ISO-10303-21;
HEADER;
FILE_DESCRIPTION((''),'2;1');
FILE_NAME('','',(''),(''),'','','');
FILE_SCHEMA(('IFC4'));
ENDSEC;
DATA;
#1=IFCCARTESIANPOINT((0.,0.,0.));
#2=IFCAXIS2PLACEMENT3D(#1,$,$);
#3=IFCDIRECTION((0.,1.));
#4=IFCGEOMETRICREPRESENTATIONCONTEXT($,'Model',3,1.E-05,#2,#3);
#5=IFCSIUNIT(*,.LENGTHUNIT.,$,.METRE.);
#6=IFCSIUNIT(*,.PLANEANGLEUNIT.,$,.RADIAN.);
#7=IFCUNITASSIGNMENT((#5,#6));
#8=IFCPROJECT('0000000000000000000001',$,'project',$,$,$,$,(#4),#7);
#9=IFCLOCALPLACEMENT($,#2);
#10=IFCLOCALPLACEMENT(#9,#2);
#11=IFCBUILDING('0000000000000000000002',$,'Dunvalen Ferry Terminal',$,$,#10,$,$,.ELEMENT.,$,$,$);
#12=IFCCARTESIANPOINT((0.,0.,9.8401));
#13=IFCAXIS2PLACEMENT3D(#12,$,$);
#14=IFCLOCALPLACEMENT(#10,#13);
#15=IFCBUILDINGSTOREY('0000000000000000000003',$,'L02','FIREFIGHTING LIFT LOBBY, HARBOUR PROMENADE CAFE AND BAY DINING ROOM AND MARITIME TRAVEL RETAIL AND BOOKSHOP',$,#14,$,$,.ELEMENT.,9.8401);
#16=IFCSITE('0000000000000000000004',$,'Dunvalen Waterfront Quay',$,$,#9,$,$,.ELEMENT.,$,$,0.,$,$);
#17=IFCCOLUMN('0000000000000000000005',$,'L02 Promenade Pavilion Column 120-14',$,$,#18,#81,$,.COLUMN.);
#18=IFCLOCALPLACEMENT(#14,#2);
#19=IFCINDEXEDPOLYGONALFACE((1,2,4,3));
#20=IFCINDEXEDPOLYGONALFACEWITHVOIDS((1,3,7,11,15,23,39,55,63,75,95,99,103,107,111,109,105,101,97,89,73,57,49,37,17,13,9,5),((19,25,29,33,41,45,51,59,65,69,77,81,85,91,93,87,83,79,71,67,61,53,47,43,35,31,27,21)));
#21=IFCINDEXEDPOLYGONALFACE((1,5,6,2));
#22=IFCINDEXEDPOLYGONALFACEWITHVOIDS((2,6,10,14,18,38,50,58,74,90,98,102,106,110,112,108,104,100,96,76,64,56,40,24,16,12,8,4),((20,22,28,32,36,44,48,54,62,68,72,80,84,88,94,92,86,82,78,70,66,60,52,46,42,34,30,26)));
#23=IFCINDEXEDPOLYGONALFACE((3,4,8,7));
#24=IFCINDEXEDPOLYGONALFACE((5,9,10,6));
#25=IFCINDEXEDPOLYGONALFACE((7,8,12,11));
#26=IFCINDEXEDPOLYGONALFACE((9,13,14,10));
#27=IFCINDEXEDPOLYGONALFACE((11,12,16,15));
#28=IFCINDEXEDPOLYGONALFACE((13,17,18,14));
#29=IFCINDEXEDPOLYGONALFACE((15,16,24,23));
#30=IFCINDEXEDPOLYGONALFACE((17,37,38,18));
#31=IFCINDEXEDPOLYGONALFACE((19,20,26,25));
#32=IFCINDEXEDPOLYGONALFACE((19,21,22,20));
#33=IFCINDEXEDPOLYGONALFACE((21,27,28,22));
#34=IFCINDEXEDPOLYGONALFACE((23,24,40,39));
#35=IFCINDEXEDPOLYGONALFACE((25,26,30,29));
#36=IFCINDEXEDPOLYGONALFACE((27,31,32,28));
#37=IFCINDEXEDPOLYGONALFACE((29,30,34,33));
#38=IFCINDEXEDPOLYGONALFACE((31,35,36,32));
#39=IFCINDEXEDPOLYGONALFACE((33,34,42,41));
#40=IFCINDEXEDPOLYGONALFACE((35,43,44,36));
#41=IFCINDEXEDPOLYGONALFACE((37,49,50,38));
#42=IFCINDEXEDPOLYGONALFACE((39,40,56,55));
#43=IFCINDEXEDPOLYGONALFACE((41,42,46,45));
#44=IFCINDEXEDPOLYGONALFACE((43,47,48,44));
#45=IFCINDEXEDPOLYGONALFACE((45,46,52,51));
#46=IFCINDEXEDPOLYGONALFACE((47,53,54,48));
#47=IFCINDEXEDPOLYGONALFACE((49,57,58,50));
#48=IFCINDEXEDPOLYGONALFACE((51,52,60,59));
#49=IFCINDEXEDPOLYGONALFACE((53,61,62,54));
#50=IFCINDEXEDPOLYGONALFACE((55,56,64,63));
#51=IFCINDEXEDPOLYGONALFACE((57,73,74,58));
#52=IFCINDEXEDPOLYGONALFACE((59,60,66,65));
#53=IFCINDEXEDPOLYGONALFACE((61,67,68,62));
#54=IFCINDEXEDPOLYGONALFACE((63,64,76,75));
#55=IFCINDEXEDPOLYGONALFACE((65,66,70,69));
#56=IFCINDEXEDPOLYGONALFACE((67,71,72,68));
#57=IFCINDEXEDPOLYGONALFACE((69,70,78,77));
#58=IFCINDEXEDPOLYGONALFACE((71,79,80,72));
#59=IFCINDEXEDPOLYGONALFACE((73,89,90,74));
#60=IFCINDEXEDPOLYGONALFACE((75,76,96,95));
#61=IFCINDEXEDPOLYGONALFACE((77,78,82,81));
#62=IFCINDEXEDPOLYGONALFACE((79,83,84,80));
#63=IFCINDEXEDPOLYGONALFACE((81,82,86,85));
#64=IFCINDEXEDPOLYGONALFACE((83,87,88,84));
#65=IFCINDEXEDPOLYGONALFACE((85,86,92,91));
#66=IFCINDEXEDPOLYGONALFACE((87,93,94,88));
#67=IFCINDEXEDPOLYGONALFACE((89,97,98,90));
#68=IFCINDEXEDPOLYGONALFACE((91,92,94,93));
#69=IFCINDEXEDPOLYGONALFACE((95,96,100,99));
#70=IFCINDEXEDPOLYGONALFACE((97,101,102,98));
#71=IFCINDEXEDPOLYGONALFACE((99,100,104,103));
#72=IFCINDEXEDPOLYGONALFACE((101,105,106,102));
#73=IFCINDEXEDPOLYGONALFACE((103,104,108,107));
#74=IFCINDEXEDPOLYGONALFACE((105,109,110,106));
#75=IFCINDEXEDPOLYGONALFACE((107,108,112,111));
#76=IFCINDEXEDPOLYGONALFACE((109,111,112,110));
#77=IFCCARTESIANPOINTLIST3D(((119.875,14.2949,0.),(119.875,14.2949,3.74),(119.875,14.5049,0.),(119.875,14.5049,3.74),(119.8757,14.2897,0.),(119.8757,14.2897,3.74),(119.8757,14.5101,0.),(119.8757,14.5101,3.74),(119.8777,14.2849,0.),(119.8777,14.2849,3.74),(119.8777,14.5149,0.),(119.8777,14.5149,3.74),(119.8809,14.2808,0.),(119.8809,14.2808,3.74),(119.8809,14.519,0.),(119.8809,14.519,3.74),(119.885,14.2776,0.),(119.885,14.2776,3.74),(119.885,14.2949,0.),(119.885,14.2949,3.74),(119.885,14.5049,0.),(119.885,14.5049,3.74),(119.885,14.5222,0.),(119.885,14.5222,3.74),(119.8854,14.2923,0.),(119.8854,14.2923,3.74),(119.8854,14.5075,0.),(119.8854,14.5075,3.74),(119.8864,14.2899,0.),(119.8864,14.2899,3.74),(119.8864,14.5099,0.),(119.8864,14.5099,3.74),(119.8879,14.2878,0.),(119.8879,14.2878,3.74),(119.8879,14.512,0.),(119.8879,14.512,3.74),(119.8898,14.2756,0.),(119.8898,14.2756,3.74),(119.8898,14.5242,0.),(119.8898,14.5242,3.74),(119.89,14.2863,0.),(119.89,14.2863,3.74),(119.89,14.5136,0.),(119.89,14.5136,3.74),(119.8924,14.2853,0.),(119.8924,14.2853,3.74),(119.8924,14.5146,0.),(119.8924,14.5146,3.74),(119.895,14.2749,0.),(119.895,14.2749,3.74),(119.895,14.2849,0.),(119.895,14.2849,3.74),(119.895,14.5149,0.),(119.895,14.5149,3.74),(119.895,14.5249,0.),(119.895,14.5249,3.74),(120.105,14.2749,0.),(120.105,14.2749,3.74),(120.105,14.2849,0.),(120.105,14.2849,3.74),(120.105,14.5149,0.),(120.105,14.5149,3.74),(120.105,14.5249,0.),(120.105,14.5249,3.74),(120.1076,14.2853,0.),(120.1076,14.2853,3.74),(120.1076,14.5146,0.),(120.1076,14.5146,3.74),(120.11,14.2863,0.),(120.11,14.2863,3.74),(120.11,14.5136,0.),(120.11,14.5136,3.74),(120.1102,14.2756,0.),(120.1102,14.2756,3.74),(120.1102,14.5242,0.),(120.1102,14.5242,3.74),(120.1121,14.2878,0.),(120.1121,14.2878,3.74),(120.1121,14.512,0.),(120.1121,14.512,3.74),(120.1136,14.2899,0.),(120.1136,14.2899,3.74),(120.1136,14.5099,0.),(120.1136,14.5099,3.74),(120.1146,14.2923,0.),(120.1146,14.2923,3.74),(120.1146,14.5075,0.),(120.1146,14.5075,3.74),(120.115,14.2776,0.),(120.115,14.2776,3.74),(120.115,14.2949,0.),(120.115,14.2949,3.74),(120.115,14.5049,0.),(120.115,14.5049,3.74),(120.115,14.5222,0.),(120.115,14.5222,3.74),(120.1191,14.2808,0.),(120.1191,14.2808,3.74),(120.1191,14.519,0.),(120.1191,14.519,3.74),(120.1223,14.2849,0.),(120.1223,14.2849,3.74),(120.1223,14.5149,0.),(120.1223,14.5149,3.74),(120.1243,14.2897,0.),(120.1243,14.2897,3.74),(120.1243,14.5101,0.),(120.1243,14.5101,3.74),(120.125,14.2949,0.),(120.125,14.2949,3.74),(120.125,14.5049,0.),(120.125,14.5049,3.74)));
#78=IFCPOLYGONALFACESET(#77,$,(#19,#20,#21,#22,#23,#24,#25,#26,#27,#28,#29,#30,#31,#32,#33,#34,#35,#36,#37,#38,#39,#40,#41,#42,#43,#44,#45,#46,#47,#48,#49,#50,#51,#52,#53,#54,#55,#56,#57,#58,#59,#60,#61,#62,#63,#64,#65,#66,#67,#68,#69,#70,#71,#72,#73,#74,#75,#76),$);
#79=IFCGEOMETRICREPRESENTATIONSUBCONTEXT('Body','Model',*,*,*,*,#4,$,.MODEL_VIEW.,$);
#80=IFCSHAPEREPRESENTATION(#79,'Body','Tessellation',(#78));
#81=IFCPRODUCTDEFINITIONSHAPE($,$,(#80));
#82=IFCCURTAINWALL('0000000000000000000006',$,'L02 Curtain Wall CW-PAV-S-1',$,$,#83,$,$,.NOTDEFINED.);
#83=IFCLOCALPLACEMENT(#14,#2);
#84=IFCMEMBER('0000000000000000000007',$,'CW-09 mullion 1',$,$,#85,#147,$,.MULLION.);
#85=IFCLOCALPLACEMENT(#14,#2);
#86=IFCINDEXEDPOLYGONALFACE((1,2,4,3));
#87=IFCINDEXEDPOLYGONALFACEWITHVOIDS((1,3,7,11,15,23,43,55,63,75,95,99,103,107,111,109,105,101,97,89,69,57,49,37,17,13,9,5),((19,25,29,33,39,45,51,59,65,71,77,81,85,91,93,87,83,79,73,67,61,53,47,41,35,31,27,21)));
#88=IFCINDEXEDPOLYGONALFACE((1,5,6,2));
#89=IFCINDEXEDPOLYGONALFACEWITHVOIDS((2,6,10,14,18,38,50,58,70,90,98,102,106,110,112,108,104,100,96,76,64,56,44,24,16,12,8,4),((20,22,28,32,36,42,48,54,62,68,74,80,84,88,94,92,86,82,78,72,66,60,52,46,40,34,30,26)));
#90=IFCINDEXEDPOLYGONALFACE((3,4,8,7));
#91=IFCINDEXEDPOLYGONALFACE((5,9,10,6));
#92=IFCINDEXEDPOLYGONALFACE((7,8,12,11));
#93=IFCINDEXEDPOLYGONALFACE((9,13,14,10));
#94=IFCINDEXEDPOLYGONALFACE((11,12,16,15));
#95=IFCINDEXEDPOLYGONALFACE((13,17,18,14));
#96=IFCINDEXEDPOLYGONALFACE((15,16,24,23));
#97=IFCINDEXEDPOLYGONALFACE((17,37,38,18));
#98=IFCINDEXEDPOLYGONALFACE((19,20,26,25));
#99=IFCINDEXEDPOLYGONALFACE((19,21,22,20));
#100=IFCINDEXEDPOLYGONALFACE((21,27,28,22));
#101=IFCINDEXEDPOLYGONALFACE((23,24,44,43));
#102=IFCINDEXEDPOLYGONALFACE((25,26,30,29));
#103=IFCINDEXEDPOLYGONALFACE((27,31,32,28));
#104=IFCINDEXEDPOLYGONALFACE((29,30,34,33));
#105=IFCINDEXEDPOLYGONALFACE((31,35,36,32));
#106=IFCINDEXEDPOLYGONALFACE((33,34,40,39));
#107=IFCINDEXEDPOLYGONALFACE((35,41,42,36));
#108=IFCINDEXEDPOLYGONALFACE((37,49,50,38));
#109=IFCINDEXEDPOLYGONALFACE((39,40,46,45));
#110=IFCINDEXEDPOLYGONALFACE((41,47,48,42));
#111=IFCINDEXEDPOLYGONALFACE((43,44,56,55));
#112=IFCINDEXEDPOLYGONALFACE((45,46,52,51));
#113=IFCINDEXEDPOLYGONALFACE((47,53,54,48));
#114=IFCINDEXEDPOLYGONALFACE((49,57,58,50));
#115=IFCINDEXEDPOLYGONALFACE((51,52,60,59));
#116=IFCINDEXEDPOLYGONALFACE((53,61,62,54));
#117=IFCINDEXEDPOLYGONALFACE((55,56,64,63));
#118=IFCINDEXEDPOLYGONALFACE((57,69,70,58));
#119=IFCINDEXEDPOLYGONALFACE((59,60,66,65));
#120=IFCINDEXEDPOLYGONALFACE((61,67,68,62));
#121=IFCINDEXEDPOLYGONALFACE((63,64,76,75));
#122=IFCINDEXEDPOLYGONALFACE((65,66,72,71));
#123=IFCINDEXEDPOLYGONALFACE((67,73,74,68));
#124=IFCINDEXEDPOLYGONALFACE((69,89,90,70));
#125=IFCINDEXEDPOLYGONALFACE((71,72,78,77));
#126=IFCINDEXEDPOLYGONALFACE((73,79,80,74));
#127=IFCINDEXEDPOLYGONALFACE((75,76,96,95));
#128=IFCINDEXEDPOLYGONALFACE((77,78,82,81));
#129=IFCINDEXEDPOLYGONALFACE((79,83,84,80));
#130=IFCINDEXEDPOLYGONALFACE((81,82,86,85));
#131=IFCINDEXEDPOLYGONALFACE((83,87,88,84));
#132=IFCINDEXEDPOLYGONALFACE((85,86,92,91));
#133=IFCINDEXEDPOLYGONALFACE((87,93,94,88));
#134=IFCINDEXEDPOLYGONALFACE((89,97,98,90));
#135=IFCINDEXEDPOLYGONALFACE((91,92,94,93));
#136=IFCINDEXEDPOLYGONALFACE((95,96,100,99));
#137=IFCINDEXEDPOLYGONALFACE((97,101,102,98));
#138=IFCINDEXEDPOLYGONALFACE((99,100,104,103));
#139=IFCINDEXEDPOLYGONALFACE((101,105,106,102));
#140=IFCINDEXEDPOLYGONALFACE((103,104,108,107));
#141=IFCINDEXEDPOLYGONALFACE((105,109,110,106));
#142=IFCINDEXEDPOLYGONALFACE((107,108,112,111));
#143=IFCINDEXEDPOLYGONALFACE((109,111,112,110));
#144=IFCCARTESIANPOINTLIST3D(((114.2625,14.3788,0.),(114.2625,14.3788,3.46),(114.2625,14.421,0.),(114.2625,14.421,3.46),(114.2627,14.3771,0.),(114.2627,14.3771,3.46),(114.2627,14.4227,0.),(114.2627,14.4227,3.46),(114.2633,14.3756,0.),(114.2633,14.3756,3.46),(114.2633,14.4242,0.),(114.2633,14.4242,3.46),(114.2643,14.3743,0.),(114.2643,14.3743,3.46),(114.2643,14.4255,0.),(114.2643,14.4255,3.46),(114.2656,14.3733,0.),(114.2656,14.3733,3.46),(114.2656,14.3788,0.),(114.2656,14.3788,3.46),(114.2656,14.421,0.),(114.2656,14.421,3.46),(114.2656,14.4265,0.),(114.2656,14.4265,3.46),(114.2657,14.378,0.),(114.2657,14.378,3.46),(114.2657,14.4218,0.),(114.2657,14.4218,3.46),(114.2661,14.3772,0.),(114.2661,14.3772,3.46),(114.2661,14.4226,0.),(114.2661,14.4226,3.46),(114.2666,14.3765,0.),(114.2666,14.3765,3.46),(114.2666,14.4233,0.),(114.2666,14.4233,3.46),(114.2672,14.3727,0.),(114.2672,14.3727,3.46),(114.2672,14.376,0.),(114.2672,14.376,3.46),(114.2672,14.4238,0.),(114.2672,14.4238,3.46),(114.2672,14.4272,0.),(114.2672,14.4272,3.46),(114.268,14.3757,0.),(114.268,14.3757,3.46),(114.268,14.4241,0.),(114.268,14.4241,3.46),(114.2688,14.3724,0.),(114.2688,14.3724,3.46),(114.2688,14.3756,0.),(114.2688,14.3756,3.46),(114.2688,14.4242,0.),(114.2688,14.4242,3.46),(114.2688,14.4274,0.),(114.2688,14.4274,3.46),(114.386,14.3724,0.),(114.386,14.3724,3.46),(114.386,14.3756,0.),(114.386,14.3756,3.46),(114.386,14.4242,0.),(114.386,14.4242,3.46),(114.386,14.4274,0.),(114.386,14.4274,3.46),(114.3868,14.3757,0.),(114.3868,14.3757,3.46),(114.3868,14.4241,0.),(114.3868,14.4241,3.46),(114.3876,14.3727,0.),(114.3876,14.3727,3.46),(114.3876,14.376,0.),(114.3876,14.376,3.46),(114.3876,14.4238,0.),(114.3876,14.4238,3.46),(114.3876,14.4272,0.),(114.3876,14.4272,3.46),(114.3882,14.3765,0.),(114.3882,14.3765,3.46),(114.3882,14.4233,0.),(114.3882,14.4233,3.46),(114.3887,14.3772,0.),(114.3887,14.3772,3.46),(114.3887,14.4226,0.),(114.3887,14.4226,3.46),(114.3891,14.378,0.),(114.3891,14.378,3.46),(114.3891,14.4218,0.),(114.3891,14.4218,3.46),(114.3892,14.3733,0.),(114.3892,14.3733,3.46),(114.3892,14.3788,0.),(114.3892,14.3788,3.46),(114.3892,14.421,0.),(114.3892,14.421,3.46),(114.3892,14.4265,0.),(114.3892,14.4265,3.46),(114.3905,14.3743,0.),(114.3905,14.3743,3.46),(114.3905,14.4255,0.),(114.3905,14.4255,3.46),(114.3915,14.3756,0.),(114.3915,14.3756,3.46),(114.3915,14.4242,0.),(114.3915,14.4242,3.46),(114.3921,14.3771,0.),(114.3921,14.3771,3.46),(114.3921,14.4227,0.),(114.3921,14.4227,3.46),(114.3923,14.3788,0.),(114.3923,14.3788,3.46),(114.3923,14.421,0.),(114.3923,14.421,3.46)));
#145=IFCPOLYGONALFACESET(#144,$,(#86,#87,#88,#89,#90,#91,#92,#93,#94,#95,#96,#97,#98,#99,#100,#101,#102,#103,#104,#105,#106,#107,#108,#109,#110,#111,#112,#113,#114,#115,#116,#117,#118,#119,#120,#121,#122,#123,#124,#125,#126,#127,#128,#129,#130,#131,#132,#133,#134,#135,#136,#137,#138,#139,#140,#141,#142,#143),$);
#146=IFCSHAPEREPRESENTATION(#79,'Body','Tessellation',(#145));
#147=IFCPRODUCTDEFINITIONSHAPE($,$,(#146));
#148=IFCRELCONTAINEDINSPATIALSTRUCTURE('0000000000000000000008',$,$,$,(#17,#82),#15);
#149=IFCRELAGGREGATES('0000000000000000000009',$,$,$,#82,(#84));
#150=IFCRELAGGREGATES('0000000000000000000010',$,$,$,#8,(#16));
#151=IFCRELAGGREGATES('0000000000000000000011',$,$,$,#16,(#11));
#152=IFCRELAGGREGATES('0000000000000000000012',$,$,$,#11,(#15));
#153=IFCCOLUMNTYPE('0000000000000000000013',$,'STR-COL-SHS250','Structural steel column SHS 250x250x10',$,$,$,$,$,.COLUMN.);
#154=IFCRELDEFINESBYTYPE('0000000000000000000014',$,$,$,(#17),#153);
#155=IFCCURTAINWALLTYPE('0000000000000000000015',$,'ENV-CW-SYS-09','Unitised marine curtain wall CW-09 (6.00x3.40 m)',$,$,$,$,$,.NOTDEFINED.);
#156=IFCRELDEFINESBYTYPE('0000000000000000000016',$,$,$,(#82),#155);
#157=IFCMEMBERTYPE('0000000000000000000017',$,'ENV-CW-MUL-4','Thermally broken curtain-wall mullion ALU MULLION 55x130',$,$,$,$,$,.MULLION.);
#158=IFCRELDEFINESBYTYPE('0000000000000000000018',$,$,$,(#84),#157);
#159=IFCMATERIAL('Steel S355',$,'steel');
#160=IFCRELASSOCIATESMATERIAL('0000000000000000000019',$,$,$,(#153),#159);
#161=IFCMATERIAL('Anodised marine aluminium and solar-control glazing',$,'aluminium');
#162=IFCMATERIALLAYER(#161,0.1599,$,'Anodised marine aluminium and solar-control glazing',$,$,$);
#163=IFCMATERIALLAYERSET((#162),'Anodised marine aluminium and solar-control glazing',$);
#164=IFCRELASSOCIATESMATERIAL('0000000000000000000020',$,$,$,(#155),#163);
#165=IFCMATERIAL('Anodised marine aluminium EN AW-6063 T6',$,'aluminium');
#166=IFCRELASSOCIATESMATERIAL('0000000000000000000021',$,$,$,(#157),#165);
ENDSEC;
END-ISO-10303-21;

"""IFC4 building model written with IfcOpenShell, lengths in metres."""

from ifc_helpers import new_model, si_unit, direction, frame, origin, origin_2d, place, context, subcontext, project, spatial, hollow_rectangle, extrude, material, layer, layer_set, material_profile, profile_set, type_object, element, aggregate, save


model = new_model("IFC4")

# Units and contexts
model_context = context("Model", 3, precision=1e-05, world=origin(), true_north=direction((0.0, 1.0)))
body_context = subcontext(model_context, "Body", "Model", "MODEL_VIEW")
ifc_project = project(units=[si_unit("LENGTHUNIT", "METRE"), si_unit("PLANEANGLEUNIT", "RADIAN")], contexts=[model_context])

# Site, building, storey
site_placement = place(None, origin())
site = spatial("IfcSite", under=ifc_project, at=site_placement, Name="Dunvalen Waterfront Quay", CompositionType="ELEMENT", RefElevation=0.0)
building_placement = place(site_placement, origin())
building = spatial("IfcBuilding", under=site, at=building_placement, Name="Dunvalen Ferry Terminal", CompositionType="ELEMENT")
storey_placement = place(building_placement, frame((0.0, 0.0, 9.8401)))
storey = spatial("IfcBuildingStorey", under=building, at=storey_placement, Name="L02", Description="FIREFIGHTING LIFT LOBBY, HARBOUR PROMENADE CAFE AND BAY DINING ROOM AND MARITIME TRAVEL RETAIL AND BOOKSHOP", CompositionType="ELEMENT", Elevation=9.8401)

# Column
ifc_material_1 = material(Name="Steel S355", Category="steel")
ifc_material_profile_1 = material_profile(ifc_material_1, hollow_rectangle(XDim=0.25, YDim=0.25, WallThickness=0.01, InnerFilletRadius=0.01, OuterFilletRadius=0.02, at=origin_2d()), Name="Steel S355")
ifc_profile_set_1 = profile_set([ifc_material_profile_1], Name="Steel S355")
column_type = type_object("IfcColumnType", Name="STR-COL-SHS250", Description="Structural steel column SHS 250x250x10", PredefinedType="COLUMN", material=ifc_profile_set_1)
column_placement = place(storey_placement, frame((120.0, 14.3999, 0.0), z_axis=(0.0, 0.0, 1.0), x_axis=(1.0, 0.0, 0.0)))
element("IfcColumn", 1, at=column_placement, inside=storey, type_object=column_type, Name="L02 Promenade Pavilion Column 120-14", PredefinedType="COLUMN", context=body_context, shape_type="SweptSolid", body=[
    extrude(hollow_rectangle(XDim=0.25, YDim=0.25, WallThickness=0.01, InnerFilletRadius=0.01, OuterFilletRadius=0.02, at=origin_2d()), origin(), (0.0, 0.0, 1.0), 3.74),
])

# Curtain wall, member
ifc_material_2 = material(Name="Anodised marine aluminium and solar-control glazing", Category="aluminium")
ifc_layer_1 = layer(ifc_material_2, 0.1599, Name="Anodised marine aluminium and solar-control glazing")
ifc_layer_set_1 = layer_set([ifc_layer_1], Name="Anodised marine aluminium and solar-control glazing")
curtain_wall_type = type_object("IfcCurtainWallType", Name="ENV-CW-SYS-09", Description="Unitised marine curtain wall CW-09 (6.00x3.40 m)", PredefinedType="NOTDEFINED", material=ifc_layer_set_1)
curtain_wall_placement = place(storey_placement, origin())
curtain_wall = element("IfcCurtainWall", 2, at=curtain_wall_placement, inside=storey, type_object=curtain_wall_type, Name="L02 Curtain Wall CW-PAV-S-1", PredefinedType="NOTDEFINED")
ifc_material_3 = material(Name="Anodised marine aluminium EN AW-6063 T6", Category="aluminium")
ifc_material_profile_2 = material_profile(ifc_material_3, hollow_rectangle(XDim=0.0549, YDim=0.1299, WallThickness=0.0032, InnerFilletRadius=0.0032, OuterFilletRadius=0.0063, at=origin_2d()), Name="Anodised marine aluminium EN AW-6063 T6")
ifc_profile_set_2 = profile_set([ifc_material_profile_2], Name="Anodised marine aluminium EN AW-6063 T6")
member_type_1 = type_object("IfcMemberType", Name="ENV-CW-MUL-4", Description="Thermally broken curtain-wall mullion ALU MULLION 55x130", PredefinedType="MULLION", material=ifc_profile_set_2)
member_1_placement = place(storey_placement, frame((114.3274, 14.3999, 0.0), z_axis=(0.0, 0.0, 1.0), x_axis=(0.0, 1.0, 0.0)))
member_1 = element("IfcMember", 3, at=member_1_placement, type_object=member_type_1, Name="CW-09 mullion 1", PredefinedType="MULLION", context=body_context, shape_type="SweptSolid", body=[
    extrude(hollow_rectangle(XDim=0.0549, YDim=0.1299, WallThickness=0.0032, InnerFilletRadius=0.0032, OuterFilletRadius=0.0063, at=origin_2d()), origin(), (0.0, 0.0, 1.0), 3.46),
])

aggregate(curtain_wall, [member_1])

save(model, "model.ifc")
